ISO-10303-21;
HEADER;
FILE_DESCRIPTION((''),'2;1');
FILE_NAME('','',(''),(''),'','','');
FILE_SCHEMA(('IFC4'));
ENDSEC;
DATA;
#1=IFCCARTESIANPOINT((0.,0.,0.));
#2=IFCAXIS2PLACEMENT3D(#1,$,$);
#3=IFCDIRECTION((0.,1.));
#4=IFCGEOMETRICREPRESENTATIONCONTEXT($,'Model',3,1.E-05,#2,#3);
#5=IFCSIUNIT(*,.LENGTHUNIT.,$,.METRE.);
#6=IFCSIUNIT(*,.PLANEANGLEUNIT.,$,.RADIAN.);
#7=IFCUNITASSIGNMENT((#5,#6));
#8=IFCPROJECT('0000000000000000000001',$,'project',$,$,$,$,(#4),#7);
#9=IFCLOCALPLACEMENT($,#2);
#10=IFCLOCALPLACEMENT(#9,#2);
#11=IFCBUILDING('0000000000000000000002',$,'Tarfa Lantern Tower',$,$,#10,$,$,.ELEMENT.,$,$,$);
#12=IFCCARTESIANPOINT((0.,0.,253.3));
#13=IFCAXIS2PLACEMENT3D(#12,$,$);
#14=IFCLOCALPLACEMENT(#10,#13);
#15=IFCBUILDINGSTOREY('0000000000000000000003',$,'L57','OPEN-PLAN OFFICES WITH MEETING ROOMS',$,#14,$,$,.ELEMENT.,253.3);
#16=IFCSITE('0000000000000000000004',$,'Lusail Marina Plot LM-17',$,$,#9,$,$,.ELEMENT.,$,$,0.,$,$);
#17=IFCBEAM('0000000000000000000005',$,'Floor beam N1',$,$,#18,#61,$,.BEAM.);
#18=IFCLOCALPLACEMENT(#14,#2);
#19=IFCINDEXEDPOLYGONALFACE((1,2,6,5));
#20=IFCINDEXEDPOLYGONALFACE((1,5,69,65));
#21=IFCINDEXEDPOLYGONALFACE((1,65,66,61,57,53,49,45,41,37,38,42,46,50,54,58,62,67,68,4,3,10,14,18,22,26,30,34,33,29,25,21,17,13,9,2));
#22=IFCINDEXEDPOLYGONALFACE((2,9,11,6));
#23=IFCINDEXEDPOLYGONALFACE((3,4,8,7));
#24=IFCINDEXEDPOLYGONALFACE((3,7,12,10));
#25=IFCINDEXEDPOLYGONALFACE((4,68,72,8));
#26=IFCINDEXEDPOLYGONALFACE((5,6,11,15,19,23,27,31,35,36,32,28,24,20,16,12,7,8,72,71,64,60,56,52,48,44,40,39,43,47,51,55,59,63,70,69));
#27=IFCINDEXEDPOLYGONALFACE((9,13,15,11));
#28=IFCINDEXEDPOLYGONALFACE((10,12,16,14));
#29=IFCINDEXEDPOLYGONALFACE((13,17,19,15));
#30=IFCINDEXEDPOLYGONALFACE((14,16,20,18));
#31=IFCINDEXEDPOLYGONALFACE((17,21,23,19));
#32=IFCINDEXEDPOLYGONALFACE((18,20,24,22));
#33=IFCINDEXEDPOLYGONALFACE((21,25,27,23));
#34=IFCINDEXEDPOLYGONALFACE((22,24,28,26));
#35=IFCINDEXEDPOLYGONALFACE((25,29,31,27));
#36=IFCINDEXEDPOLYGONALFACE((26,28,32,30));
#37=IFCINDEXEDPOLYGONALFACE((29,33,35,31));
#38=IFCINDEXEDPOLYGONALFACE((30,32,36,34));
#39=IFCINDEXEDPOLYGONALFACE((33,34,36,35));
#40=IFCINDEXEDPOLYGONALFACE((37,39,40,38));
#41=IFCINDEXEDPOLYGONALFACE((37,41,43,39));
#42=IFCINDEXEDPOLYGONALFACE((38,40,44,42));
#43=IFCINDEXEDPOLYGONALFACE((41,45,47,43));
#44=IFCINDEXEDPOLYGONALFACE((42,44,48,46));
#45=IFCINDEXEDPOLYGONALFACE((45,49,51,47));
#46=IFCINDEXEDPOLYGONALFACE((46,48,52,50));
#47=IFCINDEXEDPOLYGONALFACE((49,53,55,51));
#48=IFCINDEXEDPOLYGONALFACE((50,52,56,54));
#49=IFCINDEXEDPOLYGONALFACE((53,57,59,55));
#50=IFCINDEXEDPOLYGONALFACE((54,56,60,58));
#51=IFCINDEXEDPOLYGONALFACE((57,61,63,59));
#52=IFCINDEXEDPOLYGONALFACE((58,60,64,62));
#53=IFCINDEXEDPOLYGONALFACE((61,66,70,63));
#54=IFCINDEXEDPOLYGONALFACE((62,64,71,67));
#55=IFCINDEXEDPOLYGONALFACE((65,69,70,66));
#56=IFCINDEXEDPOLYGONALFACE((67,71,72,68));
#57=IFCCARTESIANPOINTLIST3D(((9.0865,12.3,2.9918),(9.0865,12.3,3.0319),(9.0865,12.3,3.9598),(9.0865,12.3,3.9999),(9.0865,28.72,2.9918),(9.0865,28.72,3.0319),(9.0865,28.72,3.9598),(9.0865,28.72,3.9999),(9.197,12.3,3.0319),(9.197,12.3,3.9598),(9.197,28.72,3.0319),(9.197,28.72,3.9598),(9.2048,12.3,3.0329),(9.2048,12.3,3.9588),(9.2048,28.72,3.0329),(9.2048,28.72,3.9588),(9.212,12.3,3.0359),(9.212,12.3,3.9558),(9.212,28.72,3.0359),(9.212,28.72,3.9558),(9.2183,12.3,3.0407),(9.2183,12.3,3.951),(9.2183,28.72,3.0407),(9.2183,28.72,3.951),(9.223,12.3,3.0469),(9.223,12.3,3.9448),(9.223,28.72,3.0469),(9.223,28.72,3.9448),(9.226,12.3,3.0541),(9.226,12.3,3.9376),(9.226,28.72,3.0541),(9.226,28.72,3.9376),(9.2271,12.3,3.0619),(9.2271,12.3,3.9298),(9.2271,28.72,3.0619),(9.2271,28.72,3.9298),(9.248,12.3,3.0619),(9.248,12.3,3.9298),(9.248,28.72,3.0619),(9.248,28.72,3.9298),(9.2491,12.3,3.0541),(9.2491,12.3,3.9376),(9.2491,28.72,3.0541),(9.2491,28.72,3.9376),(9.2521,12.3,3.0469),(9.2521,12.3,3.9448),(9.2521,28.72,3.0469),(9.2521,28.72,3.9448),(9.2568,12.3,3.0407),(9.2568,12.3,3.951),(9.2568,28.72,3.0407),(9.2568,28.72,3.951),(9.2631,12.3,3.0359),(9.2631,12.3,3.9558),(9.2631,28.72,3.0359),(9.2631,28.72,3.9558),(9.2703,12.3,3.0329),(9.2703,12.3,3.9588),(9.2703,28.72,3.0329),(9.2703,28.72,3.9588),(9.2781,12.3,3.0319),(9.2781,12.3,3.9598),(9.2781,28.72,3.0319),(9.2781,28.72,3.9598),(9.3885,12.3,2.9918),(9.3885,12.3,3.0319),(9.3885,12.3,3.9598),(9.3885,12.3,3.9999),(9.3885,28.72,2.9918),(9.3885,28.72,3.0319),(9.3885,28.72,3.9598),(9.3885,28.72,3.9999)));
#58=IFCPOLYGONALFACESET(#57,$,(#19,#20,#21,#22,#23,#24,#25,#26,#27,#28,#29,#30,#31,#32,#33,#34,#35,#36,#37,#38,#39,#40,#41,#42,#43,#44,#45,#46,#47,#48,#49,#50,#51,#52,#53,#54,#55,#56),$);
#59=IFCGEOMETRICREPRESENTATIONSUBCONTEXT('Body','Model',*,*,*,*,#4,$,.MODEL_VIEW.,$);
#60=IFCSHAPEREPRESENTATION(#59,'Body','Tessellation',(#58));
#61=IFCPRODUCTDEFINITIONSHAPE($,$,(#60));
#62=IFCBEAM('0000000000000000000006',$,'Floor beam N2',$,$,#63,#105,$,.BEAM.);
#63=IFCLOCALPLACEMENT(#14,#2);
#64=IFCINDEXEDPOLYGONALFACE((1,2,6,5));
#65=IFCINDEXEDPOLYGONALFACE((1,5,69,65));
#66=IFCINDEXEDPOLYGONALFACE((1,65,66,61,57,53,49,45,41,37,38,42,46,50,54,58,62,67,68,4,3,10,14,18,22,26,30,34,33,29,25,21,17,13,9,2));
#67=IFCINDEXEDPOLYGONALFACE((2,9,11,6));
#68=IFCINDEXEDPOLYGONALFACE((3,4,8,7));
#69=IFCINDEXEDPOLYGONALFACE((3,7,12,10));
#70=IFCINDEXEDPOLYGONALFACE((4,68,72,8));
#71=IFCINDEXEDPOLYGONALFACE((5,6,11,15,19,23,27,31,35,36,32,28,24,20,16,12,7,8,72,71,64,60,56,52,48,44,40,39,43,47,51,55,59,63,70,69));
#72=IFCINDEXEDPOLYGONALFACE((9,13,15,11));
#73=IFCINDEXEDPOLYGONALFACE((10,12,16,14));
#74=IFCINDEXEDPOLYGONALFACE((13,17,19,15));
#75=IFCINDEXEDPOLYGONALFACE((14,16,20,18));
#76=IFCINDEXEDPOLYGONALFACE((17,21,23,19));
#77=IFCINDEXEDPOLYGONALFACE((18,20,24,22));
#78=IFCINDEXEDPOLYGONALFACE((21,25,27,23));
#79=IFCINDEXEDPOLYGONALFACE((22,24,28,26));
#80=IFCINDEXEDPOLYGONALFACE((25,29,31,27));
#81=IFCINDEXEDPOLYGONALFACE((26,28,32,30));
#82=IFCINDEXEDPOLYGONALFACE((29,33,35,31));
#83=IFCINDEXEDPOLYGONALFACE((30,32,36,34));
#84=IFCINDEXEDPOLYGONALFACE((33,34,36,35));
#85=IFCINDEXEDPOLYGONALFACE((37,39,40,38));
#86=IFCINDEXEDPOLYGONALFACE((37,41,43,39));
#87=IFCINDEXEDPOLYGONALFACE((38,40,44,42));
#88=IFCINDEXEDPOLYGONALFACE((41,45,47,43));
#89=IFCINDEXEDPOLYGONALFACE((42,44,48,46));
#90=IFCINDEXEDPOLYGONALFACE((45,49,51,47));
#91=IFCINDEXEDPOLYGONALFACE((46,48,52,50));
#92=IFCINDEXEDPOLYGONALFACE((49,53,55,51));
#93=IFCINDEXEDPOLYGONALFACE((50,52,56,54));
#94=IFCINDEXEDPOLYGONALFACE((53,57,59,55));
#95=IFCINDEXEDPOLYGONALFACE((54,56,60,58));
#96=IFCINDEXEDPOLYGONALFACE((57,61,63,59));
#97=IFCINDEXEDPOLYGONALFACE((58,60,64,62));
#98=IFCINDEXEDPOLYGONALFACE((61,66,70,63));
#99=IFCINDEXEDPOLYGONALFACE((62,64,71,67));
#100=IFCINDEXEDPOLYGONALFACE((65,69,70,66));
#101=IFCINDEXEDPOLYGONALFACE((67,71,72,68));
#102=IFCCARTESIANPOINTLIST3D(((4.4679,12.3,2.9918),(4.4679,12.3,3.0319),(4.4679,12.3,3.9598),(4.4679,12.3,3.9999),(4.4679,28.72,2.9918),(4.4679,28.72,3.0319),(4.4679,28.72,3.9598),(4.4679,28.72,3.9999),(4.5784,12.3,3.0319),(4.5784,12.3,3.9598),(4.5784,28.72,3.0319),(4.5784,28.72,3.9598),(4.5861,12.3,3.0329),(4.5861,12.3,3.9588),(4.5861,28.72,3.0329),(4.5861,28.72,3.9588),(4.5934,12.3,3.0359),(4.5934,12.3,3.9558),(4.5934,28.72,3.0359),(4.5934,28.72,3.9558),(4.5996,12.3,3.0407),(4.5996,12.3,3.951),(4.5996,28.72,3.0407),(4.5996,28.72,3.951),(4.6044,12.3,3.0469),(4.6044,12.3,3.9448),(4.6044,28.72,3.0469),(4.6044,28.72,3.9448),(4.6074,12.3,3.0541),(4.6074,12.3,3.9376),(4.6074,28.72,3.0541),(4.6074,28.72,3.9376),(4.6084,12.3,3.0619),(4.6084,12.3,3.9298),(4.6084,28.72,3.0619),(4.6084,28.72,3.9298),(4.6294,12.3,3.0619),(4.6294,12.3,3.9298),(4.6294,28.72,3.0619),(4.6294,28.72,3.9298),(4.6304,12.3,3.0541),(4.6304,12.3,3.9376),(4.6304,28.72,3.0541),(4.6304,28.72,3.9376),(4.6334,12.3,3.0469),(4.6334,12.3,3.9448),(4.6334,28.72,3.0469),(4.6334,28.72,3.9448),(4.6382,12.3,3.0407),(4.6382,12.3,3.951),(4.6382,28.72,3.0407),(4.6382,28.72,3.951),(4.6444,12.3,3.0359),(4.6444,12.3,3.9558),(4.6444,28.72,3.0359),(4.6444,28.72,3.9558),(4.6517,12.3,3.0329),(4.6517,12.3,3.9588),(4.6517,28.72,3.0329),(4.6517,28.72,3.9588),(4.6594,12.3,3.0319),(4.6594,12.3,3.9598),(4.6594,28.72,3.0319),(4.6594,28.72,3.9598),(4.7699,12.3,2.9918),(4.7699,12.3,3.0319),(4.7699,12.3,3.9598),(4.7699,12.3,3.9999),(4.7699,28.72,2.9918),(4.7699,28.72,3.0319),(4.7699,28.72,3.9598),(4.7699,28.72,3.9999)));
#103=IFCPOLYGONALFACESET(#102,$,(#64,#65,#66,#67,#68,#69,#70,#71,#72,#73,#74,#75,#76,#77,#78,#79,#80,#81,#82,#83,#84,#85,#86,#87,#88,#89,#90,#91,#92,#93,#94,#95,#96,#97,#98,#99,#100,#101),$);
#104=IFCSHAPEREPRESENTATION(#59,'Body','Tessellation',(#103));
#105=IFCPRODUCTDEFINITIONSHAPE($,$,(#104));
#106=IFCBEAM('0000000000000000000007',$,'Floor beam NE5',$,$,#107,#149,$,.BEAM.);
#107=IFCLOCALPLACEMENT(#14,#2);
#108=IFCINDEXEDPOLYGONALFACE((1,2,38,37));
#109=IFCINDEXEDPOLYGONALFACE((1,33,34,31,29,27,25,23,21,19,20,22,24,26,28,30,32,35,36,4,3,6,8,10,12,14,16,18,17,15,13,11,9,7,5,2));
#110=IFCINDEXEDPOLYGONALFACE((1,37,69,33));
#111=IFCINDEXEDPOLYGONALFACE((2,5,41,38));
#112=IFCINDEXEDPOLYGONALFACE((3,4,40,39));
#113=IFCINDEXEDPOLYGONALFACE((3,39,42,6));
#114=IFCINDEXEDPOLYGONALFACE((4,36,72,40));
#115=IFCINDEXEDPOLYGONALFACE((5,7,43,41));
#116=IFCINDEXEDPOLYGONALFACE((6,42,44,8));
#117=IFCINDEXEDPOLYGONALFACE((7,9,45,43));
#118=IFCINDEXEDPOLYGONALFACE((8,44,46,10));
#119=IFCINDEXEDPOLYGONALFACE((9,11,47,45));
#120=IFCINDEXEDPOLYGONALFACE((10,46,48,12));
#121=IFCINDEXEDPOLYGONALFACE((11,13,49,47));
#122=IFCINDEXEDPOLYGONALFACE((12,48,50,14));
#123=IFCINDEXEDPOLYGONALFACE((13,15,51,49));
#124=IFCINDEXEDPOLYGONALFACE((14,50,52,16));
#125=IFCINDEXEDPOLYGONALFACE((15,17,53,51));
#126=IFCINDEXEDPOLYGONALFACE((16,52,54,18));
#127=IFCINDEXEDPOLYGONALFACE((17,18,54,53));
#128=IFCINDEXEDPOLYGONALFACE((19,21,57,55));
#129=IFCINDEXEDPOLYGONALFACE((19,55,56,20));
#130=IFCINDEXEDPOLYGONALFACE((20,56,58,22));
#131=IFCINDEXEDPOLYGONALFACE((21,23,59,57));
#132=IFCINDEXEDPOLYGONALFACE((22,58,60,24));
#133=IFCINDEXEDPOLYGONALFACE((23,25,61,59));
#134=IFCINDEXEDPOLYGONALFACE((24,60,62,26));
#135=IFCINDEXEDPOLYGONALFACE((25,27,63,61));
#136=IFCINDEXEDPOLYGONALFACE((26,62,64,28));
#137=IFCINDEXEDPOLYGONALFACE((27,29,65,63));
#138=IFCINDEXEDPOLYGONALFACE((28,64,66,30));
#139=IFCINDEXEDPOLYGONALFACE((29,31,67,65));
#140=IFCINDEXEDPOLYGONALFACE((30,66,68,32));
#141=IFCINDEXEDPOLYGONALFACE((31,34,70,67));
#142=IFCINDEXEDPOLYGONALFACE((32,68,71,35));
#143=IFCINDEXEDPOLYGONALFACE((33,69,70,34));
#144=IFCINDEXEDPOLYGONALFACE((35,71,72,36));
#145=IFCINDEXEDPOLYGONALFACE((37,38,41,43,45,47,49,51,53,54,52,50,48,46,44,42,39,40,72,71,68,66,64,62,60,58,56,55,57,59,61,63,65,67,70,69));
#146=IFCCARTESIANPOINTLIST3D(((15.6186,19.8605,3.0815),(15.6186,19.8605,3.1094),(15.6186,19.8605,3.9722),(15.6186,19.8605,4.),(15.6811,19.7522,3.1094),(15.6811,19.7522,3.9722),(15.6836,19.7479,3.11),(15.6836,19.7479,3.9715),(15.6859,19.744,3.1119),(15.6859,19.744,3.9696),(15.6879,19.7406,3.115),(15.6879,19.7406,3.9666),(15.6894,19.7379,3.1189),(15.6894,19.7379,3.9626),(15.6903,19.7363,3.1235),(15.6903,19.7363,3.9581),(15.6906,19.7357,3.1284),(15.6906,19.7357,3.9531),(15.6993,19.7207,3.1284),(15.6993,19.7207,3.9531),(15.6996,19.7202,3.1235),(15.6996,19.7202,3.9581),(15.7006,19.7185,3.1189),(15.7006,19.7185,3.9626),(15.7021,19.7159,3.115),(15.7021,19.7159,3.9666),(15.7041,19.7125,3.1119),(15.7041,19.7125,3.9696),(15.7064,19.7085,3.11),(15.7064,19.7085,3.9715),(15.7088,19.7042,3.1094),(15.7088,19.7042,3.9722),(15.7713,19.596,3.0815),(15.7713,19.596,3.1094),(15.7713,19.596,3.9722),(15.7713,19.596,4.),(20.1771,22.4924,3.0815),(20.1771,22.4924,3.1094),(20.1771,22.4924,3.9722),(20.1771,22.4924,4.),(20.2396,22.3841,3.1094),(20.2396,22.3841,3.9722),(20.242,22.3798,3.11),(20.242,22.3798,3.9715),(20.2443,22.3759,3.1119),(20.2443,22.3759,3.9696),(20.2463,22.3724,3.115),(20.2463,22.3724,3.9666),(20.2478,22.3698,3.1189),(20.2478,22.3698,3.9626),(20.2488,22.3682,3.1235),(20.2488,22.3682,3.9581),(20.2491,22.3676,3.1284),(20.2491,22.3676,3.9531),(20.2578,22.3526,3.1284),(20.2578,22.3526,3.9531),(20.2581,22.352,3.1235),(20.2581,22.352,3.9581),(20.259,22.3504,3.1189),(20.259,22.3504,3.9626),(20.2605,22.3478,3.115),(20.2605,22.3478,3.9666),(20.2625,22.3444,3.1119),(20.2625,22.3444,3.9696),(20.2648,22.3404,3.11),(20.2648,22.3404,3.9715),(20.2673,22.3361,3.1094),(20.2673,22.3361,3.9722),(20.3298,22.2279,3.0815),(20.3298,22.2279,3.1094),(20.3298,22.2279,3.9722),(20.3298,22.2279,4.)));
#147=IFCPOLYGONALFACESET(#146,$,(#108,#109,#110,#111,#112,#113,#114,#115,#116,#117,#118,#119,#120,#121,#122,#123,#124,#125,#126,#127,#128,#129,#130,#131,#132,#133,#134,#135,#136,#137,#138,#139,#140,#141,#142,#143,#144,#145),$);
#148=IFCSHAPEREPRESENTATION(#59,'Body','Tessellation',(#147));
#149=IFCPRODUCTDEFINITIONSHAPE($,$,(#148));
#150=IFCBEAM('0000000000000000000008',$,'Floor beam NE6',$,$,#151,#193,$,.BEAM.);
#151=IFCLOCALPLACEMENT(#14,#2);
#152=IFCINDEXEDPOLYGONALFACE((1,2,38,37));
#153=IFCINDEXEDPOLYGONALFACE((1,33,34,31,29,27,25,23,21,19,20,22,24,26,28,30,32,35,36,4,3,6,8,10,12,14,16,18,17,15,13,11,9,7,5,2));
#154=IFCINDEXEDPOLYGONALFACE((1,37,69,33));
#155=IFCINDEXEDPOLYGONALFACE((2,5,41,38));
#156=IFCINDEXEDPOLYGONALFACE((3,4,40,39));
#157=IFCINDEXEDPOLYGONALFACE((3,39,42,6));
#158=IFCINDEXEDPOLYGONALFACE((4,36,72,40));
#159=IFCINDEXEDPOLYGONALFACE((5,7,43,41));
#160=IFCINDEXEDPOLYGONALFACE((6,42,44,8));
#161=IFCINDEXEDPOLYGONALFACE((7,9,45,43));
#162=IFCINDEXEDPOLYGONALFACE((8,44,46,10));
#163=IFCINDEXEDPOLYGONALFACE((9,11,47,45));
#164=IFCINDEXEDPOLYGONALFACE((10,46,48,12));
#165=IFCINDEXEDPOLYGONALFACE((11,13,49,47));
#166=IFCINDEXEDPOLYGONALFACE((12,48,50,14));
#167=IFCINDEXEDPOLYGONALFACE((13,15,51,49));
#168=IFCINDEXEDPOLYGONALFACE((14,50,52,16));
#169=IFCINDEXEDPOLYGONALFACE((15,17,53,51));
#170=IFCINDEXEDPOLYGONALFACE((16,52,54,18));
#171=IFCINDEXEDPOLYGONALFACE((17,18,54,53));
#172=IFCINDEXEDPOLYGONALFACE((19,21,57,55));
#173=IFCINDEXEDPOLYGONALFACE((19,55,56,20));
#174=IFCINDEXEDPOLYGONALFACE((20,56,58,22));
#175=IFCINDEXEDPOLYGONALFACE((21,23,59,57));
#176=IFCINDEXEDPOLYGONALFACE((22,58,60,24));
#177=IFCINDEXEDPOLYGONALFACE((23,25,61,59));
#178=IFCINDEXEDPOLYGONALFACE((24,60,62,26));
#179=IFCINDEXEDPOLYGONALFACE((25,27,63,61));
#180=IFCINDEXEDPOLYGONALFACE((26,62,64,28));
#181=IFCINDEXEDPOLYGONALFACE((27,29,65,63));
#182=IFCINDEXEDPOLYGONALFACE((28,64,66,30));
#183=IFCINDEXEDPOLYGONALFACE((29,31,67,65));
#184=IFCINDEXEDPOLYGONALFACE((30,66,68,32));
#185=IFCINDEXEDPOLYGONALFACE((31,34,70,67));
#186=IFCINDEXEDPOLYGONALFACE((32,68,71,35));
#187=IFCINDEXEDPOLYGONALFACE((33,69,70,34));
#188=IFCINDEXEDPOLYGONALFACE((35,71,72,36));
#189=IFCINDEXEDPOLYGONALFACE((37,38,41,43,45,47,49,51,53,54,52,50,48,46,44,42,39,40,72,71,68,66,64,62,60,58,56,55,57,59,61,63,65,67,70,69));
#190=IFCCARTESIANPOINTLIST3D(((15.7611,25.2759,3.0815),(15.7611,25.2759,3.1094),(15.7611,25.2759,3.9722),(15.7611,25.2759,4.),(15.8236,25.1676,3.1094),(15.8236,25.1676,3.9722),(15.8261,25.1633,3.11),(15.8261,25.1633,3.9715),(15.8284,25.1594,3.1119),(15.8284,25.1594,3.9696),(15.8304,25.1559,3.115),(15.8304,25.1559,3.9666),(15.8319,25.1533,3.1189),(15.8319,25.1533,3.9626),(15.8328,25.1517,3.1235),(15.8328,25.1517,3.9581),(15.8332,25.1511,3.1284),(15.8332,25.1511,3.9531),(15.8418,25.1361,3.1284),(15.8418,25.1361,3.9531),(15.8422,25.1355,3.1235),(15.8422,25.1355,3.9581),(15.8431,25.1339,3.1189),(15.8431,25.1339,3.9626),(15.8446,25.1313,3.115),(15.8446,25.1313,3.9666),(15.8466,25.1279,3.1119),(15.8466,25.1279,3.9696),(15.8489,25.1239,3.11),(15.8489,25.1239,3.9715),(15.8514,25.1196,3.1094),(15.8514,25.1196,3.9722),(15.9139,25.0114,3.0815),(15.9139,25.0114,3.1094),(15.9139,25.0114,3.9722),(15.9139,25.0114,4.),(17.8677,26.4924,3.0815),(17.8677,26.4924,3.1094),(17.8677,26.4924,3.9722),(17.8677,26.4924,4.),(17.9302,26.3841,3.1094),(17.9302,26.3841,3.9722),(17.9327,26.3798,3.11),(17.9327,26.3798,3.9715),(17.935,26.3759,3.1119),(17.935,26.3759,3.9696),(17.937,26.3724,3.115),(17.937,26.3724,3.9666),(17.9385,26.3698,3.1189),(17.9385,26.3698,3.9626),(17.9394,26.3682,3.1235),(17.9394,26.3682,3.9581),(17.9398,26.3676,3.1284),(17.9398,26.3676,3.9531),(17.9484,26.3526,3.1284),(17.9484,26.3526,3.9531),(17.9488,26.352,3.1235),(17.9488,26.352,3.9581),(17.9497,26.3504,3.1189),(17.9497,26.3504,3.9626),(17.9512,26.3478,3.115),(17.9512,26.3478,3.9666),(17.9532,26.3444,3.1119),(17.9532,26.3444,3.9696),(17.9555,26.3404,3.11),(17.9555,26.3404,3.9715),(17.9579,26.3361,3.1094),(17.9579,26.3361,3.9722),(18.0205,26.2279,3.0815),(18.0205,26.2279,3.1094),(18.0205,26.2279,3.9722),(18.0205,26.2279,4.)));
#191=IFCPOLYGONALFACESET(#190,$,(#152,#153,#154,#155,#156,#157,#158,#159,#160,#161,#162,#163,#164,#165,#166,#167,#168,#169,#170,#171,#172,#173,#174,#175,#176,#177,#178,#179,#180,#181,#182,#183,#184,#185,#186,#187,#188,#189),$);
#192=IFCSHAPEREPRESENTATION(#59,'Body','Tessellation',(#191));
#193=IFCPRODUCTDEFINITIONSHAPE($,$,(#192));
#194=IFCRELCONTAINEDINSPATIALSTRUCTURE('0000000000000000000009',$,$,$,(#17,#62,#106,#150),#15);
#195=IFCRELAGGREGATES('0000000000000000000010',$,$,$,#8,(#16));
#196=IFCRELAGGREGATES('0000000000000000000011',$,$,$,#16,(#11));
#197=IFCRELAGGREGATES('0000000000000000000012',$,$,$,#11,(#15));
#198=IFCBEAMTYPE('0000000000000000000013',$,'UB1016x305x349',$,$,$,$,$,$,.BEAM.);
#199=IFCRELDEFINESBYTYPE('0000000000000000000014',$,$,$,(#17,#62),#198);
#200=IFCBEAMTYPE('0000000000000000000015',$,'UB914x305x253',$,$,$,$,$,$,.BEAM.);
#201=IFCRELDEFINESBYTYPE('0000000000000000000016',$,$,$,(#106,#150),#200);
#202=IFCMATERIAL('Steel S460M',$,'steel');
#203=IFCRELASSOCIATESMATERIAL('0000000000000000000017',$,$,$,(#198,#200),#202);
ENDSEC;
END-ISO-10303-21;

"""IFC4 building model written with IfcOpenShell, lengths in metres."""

from ifc_helpers import new_model, si_unit, direction, frame, origin, origin_2d, place, context, subcontext, project, spatial, i_section, extrude, material, material_profile, profile_set, type_object, element, save


model = new_model("IFC4")

# Units and contexts
model_context = context("Model", 3, precision=1e-05, world=origin(), true_north=direction((0.0, 1.0)))
body_context = subcontext(model_context, "Body", "Model", "MODEL_VIEW")
ifc_project = project(units=[si_unit("LENGTHUNIT", "METRE"), si_unit("PLANEANGLEUNIT", "RADIAN")], contexts=[model_context])

# Site, building, storey
site_placement = place(None, origin())
site = spatial("IfcSite", under=ifc_project, at=site_placement, Name="Lusail Marina Plot LM-17", CompositionType="ELEMENT", RefElevation=0.0)
building_placement = place(site_placement, origin())
building = spatial("IfcBuilding", under=site, at=building_placement, Name="Tarfa Lantern Tower", CompositionType="ELEMENT")
storey_placement = place(building_placement, frame((0.0, 0.0, 253.3)))
storey = spatial("IfcBuildingStorey", under=building, at=storey_placement, Name="L57", Description="OPEN-PLAN OFFICES WITH MEETING ROOMS", CompositionType="ELEMENT", Elevation=253.3)

# Beams
ifc_material_1 = material(Name="Steel S460M", Category="steel")
ifc_material_profile_1 = material_profile(ifc_material_1, i_section(OverallWidth=0.302, OverallDepth=1.0081, WebThickness=0.021, FlangeThickness=0.04, FilletRadius=0.03, at=origin_2d()), Name="UB1016x305x349")
ifc_profile_set_1 = profile_set([ifc_material_profile_1], Name="Steel S460M")
beam_type_1 = type_object("IfcBeamType", Name="UB1016x305x349", PredefinedType="BEAM", material=ifc_profile_set_1)
for number, where, z_axis, x_axis, name in (
    (1, (9.2375, 28.72, 3.4958), (0.0, -1.0, 0.0), (1.0, 0.0, 0.0), "Floor beam N1"),
    (2, (4.6189, 28.72, 3.4958), (0.0, -1.0, 0.0), (1.0, 0.0, 0.0), "Floor beam N2"),
):
    element("IfcBeam", number, at=place(storey_placement, frame(where, z_axis=z_axis, x_axis=x_axis)), inside=storey, type_object=beam_type_1, Name=name, PredefinedType="BEAM", context=body_context, shape_type="SweptSolid", body=[
        extrude(i_section(OverallWidth=0.302, OverallDepth=1.0081, WebThickness=0.021, FlangeThickness=0.04, FilletRadius=0.03, at=origin_2d()), origin(), (0.0, 0.0, 1.0), 16.4199),
    ])
ifc_material_profile_2 = material_profile(ifc_material_1, i_section(OverallWidth=0.3054, OverallDepth=0.9185, WebThickness=0.0173, FlangeThickness=0.0278, FilletRadius=0.019, at=origin_2d()), Name="UB914x305x253")
ifc_profile_set_2 = profile_set([ifc_material_profile_2], Name="Steel S460M")
beam_type_2 = type_object("IfcBeamType", Name="UB914x305x253", PredefinedType="BEAM", material=ifc_profile_set_2)
beam_1_placement = place(storey_placement, frame((20.2534, 22.3601, 3.5408), z_axis=(-0.86602, -0.50001, 0.0), x_axis=(0.50001, -0.86602, 0.0)))
element("IfcBeam", 3, at=beam_1_placement, inside=storey, type_object=beam_type_2, Name="Floor beam NE5", PredefinedType="BEAM", context=body_context, shape_type="SweptSolid", body=[
    extrude(i_section(OverallWidth=0.3054, OverallDepth=0.9185, WebThickness=0.0173, FlangeThickness=0.0278, FilletRadius=0.019, at=origin_2d()), origin(), (0.0, 0.0, 1.0), 5.2637),
])
beam_2_placement = place(storey_placement, frame((17.9441, 26.3601, 3.5408), z_axis=(-0.86598, -0.500079, 0.0), x_axis=(0.500079, -0.86598, 0.0)))
element("IfcBeam", 4, at=beam_2_placement, inside=storey, type_object=beam_type_2, Name="Floor beam NE6", PredefinedType="BEAM", context=body_context, shape_type="SweptSolid", body=[
    extrude(i_section(OverallWidth=0.3054, OverallDepth=0.9185, WebThickness=0.0173, FlangeThickness=0.0278, FilletRadius=0.019, at=origin_2d()), origin(), (0.0, 0.0, 1.0), 2.4326),
])

save(model, "model.ifc")
